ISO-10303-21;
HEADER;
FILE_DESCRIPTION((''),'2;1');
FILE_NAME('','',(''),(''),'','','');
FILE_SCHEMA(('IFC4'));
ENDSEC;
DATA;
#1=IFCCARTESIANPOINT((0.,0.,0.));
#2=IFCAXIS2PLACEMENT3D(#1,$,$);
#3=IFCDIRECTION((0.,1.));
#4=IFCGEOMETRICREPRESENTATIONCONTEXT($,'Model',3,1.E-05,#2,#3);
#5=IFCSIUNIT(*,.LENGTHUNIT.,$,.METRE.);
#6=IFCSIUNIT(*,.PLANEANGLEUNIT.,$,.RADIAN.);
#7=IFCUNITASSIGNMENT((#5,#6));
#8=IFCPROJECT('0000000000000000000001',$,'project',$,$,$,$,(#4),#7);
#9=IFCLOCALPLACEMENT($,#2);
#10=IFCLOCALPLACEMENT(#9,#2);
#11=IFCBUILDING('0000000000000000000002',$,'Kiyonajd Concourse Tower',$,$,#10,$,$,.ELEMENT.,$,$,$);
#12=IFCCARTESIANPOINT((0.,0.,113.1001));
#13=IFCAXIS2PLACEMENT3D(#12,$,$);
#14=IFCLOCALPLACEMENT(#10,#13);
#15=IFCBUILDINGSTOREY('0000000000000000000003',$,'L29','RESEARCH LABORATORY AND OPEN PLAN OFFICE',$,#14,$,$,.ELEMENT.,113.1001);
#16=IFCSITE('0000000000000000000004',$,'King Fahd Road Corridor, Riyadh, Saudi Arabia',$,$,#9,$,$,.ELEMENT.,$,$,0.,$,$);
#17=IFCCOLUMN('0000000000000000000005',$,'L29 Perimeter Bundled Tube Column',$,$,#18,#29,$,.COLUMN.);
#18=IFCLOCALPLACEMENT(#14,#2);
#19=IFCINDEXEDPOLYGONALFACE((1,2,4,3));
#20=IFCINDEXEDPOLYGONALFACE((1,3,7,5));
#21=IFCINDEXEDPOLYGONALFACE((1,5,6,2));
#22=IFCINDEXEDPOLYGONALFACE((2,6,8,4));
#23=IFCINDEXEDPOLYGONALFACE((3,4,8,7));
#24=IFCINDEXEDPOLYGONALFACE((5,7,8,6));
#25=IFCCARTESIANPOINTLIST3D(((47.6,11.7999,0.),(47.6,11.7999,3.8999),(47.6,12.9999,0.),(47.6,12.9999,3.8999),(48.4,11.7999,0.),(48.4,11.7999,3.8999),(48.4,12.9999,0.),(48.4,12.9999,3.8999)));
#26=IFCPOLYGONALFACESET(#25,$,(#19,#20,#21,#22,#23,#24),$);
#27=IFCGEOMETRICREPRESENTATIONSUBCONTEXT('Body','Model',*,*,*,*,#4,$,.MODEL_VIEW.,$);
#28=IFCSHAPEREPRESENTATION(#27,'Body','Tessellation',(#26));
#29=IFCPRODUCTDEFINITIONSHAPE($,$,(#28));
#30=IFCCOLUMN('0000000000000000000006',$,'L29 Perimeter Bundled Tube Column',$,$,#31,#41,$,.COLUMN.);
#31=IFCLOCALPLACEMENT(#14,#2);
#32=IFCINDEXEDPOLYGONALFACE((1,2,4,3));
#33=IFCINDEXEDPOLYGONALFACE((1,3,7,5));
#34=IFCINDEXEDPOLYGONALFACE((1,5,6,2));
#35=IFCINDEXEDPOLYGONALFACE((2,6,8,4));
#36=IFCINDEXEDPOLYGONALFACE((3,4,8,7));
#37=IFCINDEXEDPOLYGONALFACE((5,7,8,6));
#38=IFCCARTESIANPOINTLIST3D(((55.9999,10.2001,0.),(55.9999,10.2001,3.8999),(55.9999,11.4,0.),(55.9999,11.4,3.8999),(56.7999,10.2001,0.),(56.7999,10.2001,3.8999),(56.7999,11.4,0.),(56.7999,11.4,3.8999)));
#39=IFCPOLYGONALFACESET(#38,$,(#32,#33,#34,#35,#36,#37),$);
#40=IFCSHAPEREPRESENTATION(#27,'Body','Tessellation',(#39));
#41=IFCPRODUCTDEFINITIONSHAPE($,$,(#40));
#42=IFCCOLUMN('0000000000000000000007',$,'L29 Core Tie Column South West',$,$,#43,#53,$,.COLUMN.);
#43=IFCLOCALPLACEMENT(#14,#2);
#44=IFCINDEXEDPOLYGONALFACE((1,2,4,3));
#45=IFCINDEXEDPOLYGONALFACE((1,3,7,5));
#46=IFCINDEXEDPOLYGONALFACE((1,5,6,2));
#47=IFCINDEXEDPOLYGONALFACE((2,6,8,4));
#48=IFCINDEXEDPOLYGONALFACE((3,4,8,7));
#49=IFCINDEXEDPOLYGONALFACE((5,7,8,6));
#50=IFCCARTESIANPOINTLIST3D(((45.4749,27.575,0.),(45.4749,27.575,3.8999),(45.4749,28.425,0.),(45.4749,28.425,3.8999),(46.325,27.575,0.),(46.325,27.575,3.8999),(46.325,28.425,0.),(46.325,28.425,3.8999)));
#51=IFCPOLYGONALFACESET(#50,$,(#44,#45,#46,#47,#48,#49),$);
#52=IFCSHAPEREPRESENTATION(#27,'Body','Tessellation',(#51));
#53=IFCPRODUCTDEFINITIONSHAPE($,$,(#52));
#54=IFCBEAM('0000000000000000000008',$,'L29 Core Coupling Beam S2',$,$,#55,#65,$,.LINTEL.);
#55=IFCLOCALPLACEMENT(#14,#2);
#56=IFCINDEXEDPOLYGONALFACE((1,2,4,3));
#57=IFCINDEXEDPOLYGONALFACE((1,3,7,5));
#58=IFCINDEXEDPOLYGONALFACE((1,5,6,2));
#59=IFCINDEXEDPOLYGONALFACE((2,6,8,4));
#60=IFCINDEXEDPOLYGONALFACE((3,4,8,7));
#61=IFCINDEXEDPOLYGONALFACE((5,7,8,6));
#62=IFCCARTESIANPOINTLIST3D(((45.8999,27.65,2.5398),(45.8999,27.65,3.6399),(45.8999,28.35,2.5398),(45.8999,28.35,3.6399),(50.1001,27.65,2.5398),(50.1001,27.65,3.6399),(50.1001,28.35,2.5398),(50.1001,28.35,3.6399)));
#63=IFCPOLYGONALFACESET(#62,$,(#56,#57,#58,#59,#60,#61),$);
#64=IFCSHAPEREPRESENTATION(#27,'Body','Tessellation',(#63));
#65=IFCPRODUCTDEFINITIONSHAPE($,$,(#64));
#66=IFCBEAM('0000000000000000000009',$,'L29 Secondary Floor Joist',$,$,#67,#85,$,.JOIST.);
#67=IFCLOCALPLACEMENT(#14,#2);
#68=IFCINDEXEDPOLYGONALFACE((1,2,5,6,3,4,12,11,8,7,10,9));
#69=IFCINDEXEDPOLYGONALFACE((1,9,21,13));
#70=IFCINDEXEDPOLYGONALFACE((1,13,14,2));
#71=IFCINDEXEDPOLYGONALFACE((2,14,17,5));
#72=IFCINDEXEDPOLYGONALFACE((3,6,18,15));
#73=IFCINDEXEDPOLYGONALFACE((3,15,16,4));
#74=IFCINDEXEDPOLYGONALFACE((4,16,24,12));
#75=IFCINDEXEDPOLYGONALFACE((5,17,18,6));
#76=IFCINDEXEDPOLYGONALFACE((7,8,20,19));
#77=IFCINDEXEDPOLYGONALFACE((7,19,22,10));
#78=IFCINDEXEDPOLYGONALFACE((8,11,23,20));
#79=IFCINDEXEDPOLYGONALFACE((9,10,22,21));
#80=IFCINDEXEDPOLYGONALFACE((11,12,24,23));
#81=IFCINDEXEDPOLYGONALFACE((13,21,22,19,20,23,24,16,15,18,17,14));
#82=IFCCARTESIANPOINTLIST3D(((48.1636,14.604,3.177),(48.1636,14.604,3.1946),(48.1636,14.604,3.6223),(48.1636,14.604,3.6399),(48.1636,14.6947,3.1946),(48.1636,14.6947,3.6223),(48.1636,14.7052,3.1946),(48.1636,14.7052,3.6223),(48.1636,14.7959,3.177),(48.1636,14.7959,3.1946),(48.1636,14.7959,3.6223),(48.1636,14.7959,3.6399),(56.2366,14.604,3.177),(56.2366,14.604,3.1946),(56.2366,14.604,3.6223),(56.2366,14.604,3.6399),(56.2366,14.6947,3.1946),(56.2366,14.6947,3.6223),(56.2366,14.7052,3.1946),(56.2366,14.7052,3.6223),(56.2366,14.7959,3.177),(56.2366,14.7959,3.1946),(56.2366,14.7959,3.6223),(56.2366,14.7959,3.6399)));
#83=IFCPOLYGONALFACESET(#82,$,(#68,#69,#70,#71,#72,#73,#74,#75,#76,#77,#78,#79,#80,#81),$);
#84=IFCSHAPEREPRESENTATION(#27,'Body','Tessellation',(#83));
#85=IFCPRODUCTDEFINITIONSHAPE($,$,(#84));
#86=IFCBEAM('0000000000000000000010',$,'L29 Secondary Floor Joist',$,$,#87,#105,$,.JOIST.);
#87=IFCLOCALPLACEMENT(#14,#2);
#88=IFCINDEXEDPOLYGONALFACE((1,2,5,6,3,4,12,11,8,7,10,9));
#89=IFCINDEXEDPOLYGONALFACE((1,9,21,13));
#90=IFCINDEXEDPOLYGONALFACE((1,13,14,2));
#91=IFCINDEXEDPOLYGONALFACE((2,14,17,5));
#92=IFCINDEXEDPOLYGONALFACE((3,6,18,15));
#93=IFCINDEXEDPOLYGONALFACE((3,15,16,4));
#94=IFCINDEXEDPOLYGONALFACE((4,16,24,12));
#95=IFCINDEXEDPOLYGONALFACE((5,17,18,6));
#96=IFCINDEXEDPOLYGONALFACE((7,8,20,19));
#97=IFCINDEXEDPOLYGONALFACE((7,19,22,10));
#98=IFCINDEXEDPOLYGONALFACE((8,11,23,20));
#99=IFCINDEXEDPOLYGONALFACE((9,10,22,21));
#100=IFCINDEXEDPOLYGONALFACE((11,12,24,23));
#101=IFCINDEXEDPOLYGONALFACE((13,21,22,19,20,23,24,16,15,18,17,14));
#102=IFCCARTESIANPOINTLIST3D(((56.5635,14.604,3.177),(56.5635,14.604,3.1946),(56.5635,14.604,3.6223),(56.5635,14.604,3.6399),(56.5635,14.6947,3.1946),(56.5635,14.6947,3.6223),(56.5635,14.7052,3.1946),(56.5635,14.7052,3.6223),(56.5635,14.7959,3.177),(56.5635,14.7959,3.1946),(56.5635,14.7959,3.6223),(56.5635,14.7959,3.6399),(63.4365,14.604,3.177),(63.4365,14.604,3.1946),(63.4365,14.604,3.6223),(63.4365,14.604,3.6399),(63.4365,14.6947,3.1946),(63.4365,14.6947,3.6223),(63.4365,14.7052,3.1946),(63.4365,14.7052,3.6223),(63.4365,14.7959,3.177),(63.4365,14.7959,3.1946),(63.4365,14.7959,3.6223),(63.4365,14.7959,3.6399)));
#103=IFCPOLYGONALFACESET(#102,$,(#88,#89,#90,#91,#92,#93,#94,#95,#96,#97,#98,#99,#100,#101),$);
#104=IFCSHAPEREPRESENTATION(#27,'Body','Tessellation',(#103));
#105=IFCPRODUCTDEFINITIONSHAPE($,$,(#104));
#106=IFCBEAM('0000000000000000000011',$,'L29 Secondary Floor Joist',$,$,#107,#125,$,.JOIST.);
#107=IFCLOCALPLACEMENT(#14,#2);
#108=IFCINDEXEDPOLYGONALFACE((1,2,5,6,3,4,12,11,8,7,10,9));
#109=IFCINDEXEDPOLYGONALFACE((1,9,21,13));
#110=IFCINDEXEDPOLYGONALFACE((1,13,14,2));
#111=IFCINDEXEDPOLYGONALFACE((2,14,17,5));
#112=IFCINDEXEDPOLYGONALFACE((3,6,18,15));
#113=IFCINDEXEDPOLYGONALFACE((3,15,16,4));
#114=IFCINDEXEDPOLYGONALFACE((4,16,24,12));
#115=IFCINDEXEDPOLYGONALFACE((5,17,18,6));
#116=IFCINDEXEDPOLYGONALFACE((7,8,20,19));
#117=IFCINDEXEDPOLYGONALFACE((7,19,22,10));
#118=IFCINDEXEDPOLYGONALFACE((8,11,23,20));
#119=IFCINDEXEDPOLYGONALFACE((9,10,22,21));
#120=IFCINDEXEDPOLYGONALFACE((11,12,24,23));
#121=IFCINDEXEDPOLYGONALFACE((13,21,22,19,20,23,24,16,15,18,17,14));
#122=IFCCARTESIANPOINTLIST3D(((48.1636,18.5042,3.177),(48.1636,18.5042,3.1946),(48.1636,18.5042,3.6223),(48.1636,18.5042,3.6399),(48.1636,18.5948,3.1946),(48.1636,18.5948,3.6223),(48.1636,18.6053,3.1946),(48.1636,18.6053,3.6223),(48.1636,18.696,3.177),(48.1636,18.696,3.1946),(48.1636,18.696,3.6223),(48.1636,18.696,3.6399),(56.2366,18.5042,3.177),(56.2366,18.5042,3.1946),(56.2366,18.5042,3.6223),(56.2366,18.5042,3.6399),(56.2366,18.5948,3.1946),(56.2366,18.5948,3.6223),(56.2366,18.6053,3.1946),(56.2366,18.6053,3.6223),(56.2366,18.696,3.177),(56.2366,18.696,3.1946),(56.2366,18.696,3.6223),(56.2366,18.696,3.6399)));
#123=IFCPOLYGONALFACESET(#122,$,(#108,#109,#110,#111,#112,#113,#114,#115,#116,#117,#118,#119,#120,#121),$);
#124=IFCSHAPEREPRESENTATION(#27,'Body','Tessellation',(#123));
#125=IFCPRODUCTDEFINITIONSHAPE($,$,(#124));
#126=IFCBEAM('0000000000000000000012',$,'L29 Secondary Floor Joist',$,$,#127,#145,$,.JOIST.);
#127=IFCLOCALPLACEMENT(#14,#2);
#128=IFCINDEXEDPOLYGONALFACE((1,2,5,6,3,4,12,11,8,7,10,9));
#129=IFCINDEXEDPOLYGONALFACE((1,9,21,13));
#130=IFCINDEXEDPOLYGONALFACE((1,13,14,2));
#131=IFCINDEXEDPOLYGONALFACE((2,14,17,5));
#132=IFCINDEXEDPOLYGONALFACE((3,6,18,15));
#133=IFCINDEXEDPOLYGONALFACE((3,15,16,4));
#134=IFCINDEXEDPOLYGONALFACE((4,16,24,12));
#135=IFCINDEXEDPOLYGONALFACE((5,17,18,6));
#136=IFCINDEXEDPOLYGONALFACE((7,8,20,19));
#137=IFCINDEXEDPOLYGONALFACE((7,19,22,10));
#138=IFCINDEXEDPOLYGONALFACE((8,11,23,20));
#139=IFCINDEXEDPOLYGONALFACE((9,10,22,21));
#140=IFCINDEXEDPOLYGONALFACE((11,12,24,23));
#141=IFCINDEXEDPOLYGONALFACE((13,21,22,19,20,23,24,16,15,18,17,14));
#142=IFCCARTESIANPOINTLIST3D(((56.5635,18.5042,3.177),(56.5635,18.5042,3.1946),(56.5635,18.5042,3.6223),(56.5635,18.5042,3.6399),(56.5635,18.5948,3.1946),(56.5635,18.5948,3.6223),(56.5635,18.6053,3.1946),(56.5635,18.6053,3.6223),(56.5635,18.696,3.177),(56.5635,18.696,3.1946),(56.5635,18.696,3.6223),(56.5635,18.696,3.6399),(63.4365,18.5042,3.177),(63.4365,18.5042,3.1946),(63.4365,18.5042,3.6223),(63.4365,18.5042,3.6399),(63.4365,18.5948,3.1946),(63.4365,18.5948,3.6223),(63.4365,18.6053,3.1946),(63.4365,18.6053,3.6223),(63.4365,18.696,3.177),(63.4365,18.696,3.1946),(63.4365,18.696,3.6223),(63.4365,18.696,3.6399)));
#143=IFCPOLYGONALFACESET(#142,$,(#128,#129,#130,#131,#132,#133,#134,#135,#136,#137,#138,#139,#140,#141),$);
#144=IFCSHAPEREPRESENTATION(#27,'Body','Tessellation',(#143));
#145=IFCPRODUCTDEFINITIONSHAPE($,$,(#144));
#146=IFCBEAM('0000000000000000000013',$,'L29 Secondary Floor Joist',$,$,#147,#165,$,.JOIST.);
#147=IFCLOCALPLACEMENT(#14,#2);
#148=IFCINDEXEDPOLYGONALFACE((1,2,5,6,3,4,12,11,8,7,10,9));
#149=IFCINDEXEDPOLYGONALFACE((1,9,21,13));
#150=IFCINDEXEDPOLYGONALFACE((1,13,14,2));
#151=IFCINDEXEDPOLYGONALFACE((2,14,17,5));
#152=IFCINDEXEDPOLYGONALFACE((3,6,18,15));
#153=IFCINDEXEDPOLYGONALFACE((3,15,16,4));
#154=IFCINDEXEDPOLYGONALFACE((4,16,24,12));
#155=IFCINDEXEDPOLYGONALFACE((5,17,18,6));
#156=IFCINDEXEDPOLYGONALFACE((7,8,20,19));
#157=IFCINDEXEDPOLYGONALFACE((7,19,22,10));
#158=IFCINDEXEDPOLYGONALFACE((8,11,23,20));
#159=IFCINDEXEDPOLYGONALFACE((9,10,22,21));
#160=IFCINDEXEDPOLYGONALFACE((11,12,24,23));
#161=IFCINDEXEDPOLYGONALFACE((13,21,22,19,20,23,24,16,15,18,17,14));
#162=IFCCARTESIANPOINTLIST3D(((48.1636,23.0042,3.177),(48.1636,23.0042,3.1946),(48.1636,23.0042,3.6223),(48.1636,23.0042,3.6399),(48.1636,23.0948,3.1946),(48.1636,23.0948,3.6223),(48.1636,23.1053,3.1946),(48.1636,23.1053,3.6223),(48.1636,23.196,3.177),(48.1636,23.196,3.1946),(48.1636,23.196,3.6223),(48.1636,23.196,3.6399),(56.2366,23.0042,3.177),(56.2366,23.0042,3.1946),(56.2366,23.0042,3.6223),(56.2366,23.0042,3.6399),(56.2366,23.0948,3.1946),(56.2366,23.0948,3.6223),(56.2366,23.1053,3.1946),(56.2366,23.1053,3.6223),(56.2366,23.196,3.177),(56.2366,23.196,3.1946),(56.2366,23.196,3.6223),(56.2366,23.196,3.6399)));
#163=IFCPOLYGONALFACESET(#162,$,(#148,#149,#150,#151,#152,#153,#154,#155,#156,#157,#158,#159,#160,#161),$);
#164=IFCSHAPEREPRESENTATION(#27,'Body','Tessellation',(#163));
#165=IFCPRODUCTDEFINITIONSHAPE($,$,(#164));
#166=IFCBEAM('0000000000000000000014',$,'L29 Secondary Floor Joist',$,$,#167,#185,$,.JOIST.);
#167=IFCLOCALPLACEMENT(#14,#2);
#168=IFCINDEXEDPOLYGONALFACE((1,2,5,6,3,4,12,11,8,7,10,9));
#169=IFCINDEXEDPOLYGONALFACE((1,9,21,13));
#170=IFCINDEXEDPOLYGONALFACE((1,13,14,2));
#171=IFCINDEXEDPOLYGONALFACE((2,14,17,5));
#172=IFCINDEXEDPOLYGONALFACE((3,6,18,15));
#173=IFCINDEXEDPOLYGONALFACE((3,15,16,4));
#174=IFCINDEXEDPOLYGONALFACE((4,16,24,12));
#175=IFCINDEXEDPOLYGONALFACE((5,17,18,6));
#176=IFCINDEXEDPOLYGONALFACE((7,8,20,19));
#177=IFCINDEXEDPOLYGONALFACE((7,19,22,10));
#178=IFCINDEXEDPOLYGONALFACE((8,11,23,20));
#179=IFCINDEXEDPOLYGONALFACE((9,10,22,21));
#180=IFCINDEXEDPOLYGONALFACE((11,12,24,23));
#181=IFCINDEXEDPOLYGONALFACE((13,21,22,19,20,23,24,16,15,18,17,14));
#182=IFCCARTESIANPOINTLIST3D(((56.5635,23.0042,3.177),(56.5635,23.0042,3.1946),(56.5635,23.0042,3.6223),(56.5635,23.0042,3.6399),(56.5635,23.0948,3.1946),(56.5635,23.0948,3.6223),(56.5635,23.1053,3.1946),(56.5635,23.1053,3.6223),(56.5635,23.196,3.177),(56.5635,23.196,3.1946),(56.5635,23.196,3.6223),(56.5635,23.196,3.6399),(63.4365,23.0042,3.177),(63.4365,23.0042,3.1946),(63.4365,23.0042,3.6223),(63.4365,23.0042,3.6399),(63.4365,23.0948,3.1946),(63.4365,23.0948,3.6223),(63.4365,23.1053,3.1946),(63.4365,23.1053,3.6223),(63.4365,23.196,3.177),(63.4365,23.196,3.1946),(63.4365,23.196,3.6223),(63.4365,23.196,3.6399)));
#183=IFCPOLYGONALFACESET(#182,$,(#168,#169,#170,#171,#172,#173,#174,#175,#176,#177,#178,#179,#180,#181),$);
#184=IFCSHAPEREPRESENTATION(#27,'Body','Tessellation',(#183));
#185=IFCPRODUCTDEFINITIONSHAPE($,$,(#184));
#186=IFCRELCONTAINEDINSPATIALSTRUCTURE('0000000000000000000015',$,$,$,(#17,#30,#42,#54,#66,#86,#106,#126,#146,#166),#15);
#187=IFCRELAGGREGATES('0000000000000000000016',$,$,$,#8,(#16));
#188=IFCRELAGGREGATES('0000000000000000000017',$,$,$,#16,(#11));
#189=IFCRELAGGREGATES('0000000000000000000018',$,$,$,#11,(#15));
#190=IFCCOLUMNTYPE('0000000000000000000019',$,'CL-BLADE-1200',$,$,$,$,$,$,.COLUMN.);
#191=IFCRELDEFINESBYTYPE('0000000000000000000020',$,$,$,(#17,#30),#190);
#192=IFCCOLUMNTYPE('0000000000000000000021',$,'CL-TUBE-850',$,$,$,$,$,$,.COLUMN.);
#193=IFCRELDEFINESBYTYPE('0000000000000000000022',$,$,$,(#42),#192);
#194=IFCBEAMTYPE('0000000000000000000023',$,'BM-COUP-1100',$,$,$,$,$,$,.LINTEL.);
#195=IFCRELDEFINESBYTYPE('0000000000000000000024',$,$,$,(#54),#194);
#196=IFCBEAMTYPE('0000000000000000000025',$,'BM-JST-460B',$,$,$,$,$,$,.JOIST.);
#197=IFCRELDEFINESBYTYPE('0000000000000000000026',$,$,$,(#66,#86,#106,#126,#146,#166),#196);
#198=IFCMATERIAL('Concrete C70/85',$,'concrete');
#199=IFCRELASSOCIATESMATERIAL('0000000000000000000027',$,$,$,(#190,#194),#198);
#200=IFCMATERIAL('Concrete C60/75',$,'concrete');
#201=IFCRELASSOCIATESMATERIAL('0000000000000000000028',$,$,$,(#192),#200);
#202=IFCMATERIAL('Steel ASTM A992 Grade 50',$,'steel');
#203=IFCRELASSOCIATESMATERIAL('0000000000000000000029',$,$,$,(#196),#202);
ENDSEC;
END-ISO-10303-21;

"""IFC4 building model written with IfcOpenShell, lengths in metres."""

from ifc_helpers import new_model, si_unit, direction, frame, origin, origin_2d, place, context, subcontext, project, spatial, rectangle, i_section, extrude, material, material_profile, profile_set, type_object, element, save


model = new_model("IFC4")

# Units and contexts
model_context = context("Model", 3, precision=1e-05, world=origin(), true_north=direction((0.0, 1.0)))
body_context = subcontext(model_context, "Body", "Model", "MODEL_VIEW")
ifc_project = project(units=[si_unit("LENGTHUNIT", "METRE"), si_unit("PLANEANGLEUNIT", "RADIAN")], contexts=[model_context])

# Site, building, storey
site_placement = place(None, origin())
site = spatial("IfcSite", under=ifc_project, at=site_placement, Name="King Fahd Road Corridor, Riyadh, Saudi Arabia", CompositionType="ELEMENT", RefElevation=0.0)
building_placement = place(site_placement, origin())
building = spatial("IfcBuilding", under=site, at=building_placement, Name="Kiyonajd Concourse Tower", CompositionType="ELEMENT")
storey_placement = place(building_placement, frame((0.0, 0.0, 113.1001)))
storey = spatial("IfcBuildingStorey", under=building, at=storey_placement, Name="L29", Description="RESEARCH LABORATORY AND OPEN PLAN OFFICE", CompositionType="ELEMENT", Elevation=113.1001)

# Columns
ifc_material_1 = material(Name="Concrete C70/85", Category="concrete")
ifc_material_profile_1 = material_profile(ifc_material_1, rectangle(XDim=0.8, YDim=1.2, at=origin_2d()), Name="RC-1200x800")
ifc_profile_set_1 = profile_set([ifc_material_profile_1], Name="Concrete C70/85")
column_type_1 = type_object("IfcColumnType", Name="CL-BLADE-1200", PredefinedType="COLUMN", material=ifc_profile_set_1)
for number, where, z_axis, x_axis, name in (
    (1, (48.0, 12.3999, 0.0), (0.0, 0.0, 1.0), (1.0, 0.0, 0.0), "L29 Perimeter Bundled Tube Column"),
    (2, (56.3999, 10.8, 0.0), (0.0, 0.0, 1.0), (1.0, 0.0, 0.0), "L29 Perimeter Bundled Tube Column"),
):
    element("IfcColumn", number, at=place(storey_placement, frame(where, z_axis=z_axis, x_axis=x_axis)), inside=storey, type_object=column_type_1, Name=name, PredefinedType="COLUMN", context=body_context, shape_type="SweptSolid", body=[
        extrude(rectangle(XDim=0.8, YDim=1.2, at=origin_2d()), origin(), (0.0, 0.0, 1.0), 3.8999),
    ])
ifc_material_2 = material(Name="Concrete C60/75", Category="concrete")
ifc_material_profile_2 = material_profile(ifc_material_2, rectangle(XDim=0.8501, YDim=0.8501, at=origin_2d()), Name="RC-850x850")
ifc_profile_set_2 = profile_set([ifc_material_profile_2], Name="Concrete C60/75")
column_type_2 = type_object("IfcColumnType", Name="CL-TUBE-850", PredefinedType="COLUMN", material=ifc_profile_set_2)
column_placement = place(storey_placement, frame((45.8999, 28.0, 0.0), z_axis=(0.0, 0.0, 1.0), x_axis=(1.0, 0.0, 0.0)))
element("IfcColumn", 3, at=column_placement, inside=storey, type_object=column_type_2, Name="L29 Core Tie Column South West", PredefinedType="COLUMN", context=body_context, shape_type="SweptSolid", body=[
    extrude(rectangle(XDim=0.8501, YDim=0.8501, at=origin_2d()), origin(), (0.0, 0.0, 1.0), 3.8999),
])

# Beams
ifc_material_profile_3 = material_profile(ifc_material_1, rectangle(XDim=0.7, YDim=1.1001, at=origin_2d()), Name="RCBM-700x1100")
ifc_profile_set_3 = profile_set([ifc_material_profile_3], Name="Concrete C70/85")
beam_type_1 = type_object("IfcBeamType", Name="BM-COUP-1100", PredefinedType="LINTEL", material=ifc_profile_set_3)
beam_1_placement = place(storey_placement, frame((45.8999, 28.0, 3.0898), z_axis=(1.0, 0.0, 0.0), x_axis=(0.0, 1.0, 0.0)))
element("IfcBeam", 4, at=beam_1_placement, inside=storey, type_object=beam_type_1, Name="L29 Core Coupling Beam S2", PredefinedType="LINTEL", context=body_context, shape_type="SweptSolid", body=[
    extrude(rectangle(XDim=0.7, YDim=1.1001, at=origin_2d()), origin(), (0.0, 0.0, 1.0), 4.2002),
])
ifc_material_3 = material(Name="Steel ASTM A992 Grade 50", Category="steel")
ifc_material_profile_4 = material_profile(ifc_material_3, i_section(OverallWidth=0.1919, OverallDepth=0.4629, WebThickness=0.0105, FlangeThickness=0.0176, at=origin_2d()), Name="W460X89")
ifc_profile_set_4 = profile_set([ifc_material_profile_4], Name="Steel ASTM A992 Grade 50")
beam_type_2 = type_object("IfcBeamType", Name="BM-JST-460B", PredefinedType="JOIST", material=ifc_profile_set_4)
beam_2_placement = place(storey_placement, frame((48.1636, 14.7, 3.4084), z_axis=(1.0, 0.0, 0.0), x_axis=(0.0, 1.0, 0.0)))
element("IfcBeam", 5, at=beam_2_placement, inside=storey, type_object=beam_type_2, Name="L29 Secondary Floor Joist", PredefinedType="JOIST", context=body_context, shape_type="SweptSolid", body=[
    extrude(i_section(OverallWidth=0.1919, OverallDepth=0.4629, WebThickness=0.0105, FlangeThickness=0.0176, at=origin_2d()), origin(), (0.0, 0.0, 1.0), 8.073),
])
beam_3_placement = place(storey_placement, frame((56.5635, 14.7, 3.4084), z_axis=(1.0, 0.0, 0.0), x_axis=(0.0, 1.0, 0.0)))
element("IfcBeam", 6, at=beam_3_placement, inside=storey, type_object=beam_type_2, Name="L29 Secondary Floor Joist", PredefinedType="JOIST", context=body_context, shape_type="SweptSolid", body=[
    extrude(i_section(OverallWidth=0.1919, OverallDepth=0.4629, WebThickness=0.0105, FlangeThickness=0.0176, at=origin_2d()), origin(), (0.0, 0.0, 1.0), 6.873),
])
beam_4_placement = place(storey_placement, frame((48.1636, 18.6001, 3.4084), z_axis=(1.0, 0.0, 0.0), x_axis=(0.0, 1.0, 0.0)))
element("IfcBeam", 7, at=beam_4_placement, inside=storey, type_object=beam_type_2, Name="L29 Secondary Floor Joist", PredefinedType="JOIST", context=body_context, shape_type="SweptSolid", body=[
    extrude(i_section(OverallWidth=0.1919, OverallDepth=0.4629, WebThickness=0.0105, FlangeThickness=0.0176, at=origin_2d()), origin(), (0.0, 0.0, 1.0), 8.073),
])
beam_5_placement = place(storey_placement, frame((56.5635, 18.6001, 3.4084), z_axis=(1.0, 0.0, 0.0), x_axis=(0.0, 1.0, 0.0)))
element("IfcBeam", 8, at=beam_5_placement, inside=storey, type_object=beam_type_2, Name="L29 Secondary Floor Joist", PredefinedType="JOIST", context=body_context, shape_type="SweptSolid", body=[
    extrude(i_section(OverallWidth=0.1919, OverallDepth=0.4629, WebThickness=0.0105, FlangeThickness=0.0176, at=origin_2d()), origin(), (0.0, 0.0, 1.0), 6.873),
])
beam_6_placement = place(storey_placement, frame((48.1636, 23.1001, 3.4084), z_axis=(1.0, 0.0, 0.0), x_axis=(0.0, 1.0, 0.0)))
element("IfcBeam", 9, at=beam_6_placement, inside=storey, type_object=beam_type_2, Name="L29 Secondary Floor Joist", PredefinedType="JOIST", context=body_context, shape_type="SweptSolid", body=[
    extrude(i_section(OverallWidth=0.1919, OverallDepth=0.4629, WebThickness=0.0105, FlangeThickness=0.0176, at=origin_2d()), origin(), (0.0, 0.0, 1.0), 8.073),
])
beam_7_placement = place(storey_placement, frame((56.5635, 23.1001, 3.4084), z_axis=(1.0, 0.0, 0.0), x_axis=(0.0, 1.0, 0.0)))
element("IfcBeam", 10, at=beam_7_placement, inside=storey, type_object=beam_type_2, Name="L29 Secondary Floor Joist", PredefinedType="JOIST", context=body_context, shape_type="SweptSolid", body=[
    extrude(i_section(OverallWidth=0.1919, OverallDepth=0.4629, WebThickness=0.0105, FlangeThickness=0.0176, at=origin_2d()), origin(), (0.0, 0.0, 1.0), 6.873),
])

save(model, "model.ifc")
